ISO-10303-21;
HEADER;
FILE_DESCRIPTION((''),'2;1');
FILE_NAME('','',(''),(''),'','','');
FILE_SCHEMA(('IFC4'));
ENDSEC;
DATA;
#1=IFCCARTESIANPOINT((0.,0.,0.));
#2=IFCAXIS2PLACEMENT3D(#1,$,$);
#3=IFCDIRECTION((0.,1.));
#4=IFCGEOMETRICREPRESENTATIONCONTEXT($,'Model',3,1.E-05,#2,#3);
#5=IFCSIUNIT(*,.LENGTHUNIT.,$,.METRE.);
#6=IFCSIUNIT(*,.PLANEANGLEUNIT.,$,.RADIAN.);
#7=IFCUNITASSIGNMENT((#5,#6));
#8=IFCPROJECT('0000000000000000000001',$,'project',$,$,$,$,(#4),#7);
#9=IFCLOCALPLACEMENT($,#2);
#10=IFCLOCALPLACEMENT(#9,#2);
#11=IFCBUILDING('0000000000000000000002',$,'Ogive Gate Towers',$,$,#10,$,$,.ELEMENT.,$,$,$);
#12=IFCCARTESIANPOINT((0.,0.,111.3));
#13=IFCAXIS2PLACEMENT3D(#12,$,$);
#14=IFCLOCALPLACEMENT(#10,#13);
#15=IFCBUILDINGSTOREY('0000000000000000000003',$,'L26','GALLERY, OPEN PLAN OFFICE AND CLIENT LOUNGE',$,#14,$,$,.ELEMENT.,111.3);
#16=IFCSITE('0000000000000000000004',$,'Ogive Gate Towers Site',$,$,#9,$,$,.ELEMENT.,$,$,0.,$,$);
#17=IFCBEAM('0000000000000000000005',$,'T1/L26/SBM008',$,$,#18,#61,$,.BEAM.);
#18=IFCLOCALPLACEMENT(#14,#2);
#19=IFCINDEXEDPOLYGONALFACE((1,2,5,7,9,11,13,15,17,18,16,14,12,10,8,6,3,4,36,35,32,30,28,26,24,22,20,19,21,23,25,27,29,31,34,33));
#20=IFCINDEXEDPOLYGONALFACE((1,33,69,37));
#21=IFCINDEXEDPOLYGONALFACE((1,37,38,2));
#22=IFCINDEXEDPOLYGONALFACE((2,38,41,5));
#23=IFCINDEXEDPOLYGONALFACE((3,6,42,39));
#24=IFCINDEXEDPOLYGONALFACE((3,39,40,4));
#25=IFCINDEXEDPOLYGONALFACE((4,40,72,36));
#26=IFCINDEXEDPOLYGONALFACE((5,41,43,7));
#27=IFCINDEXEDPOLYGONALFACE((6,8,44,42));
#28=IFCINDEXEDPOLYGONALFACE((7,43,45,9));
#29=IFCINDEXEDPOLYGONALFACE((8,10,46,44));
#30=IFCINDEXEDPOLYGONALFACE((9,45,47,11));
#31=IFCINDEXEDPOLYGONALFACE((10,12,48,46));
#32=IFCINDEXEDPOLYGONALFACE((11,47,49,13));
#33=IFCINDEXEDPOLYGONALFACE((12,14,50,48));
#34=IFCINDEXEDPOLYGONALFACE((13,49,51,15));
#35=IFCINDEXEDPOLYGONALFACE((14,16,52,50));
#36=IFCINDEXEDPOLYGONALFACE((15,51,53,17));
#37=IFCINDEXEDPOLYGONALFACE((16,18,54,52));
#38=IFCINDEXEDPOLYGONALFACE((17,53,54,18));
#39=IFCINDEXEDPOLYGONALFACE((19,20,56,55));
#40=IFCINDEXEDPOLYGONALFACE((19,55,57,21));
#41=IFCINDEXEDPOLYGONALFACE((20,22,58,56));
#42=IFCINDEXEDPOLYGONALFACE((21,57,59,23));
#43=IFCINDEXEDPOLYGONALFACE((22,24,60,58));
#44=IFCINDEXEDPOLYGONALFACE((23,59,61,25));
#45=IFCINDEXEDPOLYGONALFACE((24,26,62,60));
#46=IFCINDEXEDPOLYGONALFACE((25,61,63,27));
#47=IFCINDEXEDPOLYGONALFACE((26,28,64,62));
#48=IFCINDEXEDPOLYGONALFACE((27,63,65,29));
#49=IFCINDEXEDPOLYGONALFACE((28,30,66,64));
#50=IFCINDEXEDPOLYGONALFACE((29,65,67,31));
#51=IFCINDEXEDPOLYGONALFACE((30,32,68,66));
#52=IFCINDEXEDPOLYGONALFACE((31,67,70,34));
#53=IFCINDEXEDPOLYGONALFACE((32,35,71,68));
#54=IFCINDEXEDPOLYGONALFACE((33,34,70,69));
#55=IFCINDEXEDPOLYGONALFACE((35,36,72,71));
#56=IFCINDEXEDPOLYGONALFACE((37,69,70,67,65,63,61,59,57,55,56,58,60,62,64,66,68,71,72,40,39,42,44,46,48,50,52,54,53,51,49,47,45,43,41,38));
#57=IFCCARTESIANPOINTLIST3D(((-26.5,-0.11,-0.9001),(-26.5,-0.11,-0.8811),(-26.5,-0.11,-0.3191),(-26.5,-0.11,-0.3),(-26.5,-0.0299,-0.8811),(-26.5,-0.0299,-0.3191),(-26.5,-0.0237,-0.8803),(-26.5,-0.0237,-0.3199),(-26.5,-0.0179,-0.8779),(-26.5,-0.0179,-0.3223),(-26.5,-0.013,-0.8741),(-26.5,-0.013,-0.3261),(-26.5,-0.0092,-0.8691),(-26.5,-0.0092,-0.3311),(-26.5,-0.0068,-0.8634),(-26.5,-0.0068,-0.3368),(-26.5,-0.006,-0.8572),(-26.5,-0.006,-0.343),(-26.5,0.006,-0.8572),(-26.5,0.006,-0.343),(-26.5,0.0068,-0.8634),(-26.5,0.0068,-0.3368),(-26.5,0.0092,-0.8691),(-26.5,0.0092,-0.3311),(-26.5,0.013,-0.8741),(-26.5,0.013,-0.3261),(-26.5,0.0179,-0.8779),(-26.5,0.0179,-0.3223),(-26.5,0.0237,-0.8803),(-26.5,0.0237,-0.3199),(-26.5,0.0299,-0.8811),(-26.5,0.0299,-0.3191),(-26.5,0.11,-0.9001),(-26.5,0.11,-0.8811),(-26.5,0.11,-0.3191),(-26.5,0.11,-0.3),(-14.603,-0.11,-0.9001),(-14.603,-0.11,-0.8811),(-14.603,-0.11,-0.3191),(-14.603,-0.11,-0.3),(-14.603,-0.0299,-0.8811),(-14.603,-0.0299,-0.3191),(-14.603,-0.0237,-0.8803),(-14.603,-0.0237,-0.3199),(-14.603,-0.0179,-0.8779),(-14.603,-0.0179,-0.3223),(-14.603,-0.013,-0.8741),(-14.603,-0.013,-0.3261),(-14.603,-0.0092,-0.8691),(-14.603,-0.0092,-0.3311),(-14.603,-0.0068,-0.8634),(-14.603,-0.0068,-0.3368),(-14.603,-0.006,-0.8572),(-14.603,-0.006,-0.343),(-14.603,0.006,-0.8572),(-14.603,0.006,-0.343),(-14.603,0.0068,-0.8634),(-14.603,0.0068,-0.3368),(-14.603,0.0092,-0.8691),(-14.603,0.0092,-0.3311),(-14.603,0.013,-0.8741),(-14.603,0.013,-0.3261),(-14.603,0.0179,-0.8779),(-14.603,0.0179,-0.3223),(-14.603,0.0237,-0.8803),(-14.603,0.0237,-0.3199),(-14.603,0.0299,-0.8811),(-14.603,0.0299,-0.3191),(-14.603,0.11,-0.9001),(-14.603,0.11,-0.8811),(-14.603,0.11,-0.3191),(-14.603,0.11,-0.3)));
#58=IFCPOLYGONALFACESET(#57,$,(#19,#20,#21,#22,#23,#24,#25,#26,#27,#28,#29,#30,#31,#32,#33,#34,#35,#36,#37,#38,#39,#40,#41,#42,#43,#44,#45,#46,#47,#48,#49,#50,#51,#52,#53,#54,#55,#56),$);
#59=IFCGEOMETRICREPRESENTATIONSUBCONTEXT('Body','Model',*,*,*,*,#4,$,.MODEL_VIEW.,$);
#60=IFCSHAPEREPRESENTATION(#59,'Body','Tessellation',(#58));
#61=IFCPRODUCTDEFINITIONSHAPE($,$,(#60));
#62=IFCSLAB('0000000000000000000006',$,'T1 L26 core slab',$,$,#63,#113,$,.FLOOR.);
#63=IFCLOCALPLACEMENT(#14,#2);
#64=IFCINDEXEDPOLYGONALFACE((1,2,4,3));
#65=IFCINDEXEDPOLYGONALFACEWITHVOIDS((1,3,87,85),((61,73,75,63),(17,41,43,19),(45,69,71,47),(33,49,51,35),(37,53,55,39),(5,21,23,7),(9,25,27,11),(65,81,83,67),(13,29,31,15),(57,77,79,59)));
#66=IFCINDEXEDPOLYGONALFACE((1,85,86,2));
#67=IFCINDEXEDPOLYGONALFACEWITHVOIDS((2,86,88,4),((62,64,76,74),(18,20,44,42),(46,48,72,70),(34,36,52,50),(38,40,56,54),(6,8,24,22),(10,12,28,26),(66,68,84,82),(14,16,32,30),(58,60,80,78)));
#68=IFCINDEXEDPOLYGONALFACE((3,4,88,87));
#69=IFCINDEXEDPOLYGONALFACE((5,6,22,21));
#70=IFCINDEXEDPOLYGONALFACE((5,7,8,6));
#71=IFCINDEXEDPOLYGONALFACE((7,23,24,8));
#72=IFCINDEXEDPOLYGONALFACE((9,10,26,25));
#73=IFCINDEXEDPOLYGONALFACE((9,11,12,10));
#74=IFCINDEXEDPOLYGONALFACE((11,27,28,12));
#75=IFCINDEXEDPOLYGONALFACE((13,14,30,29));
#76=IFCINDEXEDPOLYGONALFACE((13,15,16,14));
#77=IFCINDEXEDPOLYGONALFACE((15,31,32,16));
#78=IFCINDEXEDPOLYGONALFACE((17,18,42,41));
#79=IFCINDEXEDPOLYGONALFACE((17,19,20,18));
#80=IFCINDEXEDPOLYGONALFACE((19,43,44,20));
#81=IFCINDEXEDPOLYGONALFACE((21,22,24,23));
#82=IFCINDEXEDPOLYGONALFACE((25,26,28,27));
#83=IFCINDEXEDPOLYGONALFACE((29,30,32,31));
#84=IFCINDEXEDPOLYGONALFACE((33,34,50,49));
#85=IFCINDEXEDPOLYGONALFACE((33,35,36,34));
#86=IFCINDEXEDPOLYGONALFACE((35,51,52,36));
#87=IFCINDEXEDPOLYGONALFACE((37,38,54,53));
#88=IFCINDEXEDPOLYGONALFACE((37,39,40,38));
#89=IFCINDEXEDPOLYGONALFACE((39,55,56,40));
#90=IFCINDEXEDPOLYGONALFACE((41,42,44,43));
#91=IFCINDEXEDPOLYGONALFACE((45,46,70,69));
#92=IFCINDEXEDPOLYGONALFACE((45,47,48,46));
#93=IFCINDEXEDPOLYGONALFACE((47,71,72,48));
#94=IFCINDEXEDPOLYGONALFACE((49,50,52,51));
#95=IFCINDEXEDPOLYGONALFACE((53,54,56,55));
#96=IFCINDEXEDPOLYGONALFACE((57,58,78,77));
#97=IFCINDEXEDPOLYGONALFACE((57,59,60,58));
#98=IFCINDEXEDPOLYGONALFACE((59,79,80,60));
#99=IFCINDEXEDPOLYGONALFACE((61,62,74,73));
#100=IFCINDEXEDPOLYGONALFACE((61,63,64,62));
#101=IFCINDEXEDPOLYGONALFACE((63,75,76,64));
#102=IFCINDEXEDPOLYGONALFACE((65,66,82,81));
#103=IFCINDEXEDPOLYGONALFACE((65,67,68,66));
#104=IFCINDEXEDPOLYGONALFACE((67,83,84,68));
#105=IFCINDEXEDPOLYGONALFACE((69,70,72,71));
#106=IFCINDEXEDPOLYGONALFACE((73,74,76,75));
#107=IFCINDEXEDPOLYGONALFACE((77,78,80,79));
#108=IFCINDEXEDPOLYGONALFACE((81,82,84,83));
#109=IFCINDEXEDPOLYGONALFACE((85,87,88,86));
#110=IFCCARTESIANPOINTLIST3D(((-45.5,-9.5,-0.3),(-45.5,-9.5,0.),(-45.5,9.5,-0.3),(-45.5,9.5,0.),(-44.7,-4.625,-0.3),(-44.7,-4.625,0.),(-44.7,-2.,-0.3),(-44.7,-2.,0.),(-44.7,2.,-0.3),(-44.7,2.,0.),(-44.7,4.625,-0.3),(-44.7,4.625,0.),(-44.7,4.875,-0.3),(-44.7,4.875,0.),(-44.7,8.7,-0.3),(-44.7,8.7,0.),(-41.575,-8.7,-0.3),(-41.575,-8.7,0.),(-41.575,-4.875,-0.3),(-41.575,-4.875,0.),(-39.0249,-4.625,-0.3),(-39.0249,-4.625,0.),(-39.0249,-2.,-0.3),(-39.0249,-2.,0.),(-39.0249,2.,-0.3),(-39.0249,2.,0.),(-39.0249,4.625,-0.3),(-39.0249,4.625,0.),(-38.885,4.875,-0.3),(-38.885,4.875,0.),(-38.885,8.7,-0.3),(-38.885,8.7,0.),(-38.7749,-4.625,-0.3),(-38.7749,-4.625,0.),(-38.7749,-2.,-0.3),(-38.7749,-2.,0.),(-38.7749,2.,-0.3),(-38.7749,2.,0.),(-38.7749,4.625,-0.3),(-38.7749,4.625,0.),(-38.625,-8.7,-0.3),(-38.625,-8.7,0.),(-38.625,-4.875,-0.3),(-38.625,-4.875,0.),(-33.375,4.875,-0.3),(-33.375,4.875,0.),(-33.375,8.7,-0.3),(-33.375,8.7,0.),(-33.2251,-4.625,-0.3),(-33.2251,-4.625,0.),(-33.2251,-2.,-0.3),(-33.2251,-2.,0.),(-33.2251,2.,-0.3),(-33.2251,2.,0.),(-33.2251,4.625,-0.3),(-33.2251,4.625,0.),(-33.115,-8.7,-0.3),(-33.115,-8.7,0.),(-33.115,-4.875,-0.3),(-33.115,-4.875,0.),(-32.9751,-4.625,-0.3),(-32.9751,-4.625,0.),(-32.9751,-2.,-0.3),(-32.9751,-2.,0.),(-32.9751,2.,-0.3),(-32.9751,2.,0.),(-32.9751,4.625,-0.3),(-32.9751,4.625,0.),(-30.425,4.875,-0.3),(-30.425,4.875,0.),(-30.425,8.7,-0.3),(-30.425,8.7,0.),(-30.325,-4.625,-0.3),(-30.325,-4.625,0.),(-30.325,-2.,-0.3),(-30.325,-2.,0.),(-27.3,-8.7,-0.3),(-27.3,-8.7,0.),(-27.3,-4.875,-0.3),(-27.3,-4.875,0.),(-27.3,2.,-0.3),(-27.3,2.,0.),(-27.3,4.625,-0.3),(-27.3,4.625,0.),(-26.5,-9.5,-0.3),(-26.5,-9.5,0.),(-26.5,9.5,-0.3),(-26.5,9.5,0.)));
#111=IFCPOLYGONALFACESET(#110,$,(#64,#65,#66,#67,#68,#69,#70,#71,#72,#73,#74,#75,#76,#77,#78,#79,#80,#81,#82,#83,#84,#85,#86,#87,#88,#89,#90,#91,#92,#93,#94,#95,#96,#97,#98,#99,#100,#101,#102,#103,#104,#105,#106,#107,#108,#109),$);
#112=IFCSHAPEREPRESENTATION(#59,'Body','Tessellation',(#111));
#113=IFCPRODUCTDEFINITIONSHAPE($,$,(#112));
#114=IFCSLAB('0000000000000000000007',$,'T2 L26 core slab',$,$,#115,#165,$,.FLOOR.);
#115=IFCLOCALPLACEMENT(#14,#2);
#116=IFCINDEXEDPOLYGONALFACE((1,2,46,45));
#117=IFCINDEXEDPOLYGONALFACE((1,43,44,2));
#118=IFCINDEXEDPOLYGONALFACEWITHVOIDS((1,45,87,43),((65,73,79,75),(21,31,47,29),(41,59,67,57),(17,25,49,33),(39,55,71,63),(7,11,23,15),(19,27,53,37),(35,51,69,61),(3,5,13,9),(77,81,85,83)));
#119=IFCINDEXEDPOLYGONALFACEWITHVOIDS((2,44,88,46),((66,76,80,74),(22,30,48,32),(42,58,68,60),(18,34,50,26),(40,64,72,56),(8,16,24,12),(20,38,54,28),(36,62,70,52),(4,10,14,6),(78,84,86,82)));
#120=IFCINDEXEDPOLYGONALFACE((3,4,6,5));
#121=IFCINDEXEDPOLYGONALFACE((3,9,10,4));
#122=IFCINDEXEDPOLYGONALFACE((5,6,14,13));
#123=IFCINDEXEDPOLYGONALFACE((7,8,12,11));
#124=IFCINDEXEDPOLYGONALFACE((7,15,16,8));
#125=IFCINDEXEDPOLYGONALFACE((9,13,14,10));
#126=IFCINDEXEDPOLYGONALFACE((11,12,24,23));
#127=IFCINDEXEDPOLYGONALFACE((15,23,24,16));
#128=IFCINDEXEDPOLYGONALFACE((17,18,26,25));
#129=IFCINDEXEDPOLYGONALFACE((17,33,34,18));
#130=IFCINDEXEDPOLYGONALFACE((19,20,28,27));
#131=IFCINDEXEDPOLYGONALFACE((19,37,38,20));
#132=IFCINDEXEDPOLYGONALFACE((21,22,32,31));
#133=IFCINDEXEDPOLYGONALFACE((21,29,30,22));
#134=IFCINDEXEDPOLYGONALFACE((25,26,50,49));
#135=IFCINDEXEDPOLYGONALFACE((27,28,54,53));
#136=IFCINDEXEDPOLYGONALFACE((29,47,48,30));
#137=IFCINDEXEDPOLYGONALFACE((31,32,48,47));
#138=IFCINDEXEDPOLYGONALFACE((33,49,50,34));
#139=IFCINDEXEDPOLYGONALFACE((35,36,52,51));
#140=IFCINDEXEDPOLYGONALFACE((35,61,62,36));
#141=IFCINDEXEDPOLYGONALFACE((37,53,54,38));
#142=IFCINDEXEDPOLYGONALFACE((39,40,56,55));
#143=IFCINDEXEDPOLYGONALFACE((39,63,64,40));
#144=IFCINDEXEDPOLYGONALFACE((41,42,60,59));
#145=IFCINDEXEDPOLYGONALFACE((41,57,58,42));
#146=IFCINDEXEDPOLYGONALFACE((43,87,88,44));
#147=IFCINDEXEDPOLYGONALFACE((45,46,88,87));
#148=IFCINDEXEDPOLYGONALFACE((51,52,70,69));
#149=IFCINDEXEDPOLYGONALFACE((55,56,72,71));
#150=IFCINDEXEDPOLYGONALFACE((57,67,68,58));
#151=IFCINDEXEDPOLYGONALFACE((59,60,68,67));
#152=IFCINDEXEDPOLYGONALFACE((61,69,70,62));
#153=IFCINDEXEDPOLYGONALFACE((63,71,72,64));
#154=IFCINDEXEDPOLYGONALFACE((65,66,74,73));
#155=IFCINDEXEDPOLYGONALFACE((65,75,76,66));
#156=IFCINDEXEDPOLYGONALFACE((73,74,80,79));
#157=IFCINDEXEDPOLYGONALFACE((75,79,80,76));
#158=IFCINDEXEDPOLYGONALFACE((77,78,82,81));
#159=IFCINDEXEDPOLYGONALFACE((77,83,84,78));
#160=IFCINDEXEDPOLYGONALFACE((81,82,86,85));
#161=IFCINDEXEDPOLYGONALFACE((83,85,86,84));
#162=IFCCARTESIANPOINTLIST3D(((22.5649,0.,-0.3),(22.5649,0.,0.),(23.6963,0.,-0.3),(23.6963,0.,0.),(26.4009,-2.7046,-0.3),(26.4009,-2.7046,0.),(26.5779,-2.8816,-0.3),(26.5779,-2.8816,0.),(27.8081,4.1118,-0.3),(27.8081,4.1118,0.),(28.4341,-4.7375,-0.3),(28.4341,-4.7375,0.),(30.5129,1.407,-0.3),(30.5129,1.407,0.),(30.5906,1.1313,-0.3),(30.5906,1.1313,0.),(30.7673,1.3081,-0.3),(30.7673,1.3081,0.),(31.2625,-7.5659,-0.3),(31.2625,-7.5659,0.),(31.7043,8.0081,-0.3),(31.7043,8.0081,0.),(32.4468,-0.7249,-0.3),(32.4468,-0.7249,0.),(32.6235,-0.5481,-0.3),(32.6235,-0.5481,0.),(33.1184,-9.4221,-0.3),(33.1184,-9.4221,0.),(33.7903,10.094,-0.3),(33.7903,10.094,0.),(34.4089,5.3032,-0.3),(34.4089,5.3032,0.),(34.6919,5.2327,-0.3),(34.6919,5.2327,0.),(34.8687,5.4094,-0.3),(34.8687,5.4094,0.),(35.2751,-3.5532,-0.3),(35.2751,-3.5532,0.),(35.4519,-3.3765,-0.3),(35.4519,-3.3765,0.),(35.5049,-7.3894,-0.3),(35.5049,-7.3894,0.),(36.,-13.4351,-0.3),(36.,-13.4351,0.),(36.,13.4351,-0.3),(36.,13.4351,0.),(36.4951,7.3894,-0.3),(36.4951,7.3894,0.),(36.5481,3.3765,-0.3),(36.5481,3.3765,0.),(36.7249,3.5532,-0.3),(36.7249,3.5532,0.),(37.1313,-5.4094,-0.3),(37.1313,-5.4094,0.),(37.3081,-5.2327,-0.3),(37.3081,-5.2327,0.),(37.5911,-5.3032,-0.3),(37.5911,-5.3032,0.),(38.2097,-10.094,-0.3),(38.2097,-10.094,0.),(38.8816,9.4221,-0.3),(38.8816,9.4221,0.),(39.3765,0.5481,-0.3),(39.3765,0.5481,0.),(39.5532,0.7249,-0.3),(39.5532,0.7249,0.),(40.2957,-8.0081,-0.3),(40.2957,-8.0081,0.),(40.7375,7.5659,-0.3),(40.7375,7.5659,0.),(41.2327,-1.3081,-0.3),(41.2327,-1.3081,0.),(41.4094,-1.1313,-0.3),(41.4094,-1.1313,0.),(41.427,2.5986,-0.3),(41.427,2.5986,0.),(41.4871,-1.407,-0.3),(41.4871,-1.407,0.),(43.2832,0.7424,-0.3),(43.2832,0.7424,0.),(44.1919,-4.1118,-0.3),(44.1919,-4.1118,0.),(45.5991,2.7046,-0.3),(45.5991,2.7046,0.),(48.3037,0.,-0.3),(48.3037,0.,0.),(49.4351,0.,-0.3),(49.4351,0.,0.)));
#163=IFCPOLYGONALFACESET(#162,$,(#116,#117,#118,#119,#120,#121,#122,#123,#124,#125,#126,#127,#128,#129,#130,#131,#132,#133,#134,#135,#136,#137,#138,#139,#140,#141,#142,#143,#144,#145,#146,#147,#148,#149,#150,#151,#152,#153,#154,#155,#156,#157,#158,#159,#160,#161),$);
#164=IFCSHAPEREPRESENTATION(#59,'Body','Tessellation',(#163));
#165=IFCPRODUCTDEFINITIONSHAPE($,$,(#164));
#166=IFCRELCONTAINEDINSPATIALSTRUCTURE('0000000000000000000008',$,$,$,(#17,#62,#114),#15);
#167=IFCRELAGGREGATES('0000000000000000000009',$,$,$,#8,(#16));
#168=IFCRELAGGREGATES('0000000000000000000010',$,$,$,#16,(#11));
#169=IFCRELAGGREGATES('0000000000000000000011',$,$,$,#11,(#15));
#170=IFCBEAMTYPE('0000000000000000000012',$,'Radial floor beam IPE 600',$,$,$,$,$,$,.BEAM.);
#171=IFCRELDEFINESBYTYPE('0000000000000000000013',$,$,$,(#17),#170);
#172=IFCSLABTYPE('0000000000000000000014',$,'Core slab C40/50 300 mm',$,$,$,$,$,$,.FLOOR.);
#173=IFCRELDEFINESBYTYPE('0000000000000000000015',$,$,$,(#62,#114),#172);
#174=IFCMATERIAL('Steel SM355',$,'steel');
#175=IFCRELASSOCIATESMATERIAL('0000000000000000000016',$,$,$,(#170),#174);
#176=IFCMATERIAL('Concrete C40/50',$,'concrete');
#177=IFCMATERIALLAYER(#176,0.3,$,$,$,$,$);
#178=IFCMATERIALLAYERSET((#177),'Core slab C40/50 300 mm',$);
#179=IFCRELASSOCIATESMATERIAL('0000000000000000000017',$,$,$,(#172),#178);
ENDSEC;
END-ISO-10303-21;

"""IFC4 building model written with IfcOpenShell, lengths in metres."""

from ifc_helpers import new_model, si_unit, direction, frame, origin, origin_2d, place, context, subcontext, project, spatial, polyline, i_section, outline, extrude, material, layer, layer_set, material_profile, profile_set, type_object, element, save


model = new_model("IFC4")

# Units and contexts
model_context = context("Model", 3, precision=1e-05, world=origin(), true_north=direction((0.0, 1.0)))
body_context = subcontext(model_context, "Body", "Model", "MODEL_VIEW")
ifc_project = project(units=[si_unit("LENGTHUNIT", "METRE"), si_unit("PLANEANGLEUNIT", "RADIAN")], contexts=[model_context])

# Site, building, storey
site_placement = place(None, origin())
site = spatial("IfcSite", under=ifc_project, at=site_placement, Name="Ogive Gate Towers Site", CompositionType="ELEMENT", RefElevation=0.0)
building_placement = place(site_placement, origin())
building = spatial("IfcBuilding", under=site, at=building_placement, Name="Ogive Gate Towers", CompositionType="ELEMENT")
storey_placement = place(building_placement, frame((0.0, 0.0, 111.3)))
storey = spatial("IfcBuildingStorey", under=building, at=storey_placement, Name="L26", Description="GALLERY, OPEN PLAN OFFICE AND CLIENT LOUNGE", CompositionType="ELEMENT", Elevation=111.3)

# Beam
ifc_material_1 = material(Name="Steel SM355", Category="steel")
ifc_material_profile_1 = material_profile(ifc_material_1, i_section(OverallWidth=0.22, OverallDepth=0.6001, WebThickness=0.012, FlangeThickness=0.019, FilletRadius=0.0239, at=origin_2d()), Name="IPE 600")
ifc_profile_set_1 = profile_set([ifc_material_profile_1], Name="Steel SM355")
beam_type_1 = type_object("IfcBeamType", Name="Radial floor beam IPE 600", PredefinedType="BEAM", material=ifc_profile_set_1)
beam_1_placement = place(storey_placement, frame((-26.5, 0.0, -0.6001), z_axis=(1.0, 0.0, 0.0), x_axis=(0.0, 1.0, 0.0)))
element("IfcBeam", 1, at=beam_1_placement, inside=storey, type_object=beam_type_1, Name="T1/L26/SBM008", PredefinedType="BEAM", context=body_context, shape_type="SweptSolid", body=[
    extrude(i_section(OverallWidth=0.22, OverallDepth=0.6001, WebThickness=0.012, FlangeThickness=0.019, FilletRadius=0.0239, at=origin_2d()), origin(), (0.0, 0.0, 1.0), 11.897),
])

# Slabs
ifc_material_2 = material(Name="Concrete C40/50", Category="concrete")
ifc_layer_1 = layer(ifc_material_2, 0.3)
ifc_layer_set_1 = layer_set([ifc_layer_1], Name="Core slab C40/50 300 mm")
slab_type_1 = type_object("IfcSlabType", Name="Core slab C40/50 300 mm", PredefinedType="FLOOR", material=ifc_layer_set_1)
slab_1_placement = place(storey_placement, frame((0.0, 0.0, -0.3)))
element("IfcSlab", 2, at=slab_1_placement, inside=storey, type_object=slab_type_1, Name="T1 L26 core slab", PredefinedType="FLOOR", context=body_context, shape_type="SweptSolid", body=[
    extrude(outline(polyline([(-26.5, 9.5), (-26.5, -9.5), (-45.5, -9.5), (-45.5, 9.5), (-26.5, 9.5)]), holes=[polyline([(-39.0249, 4.625), (-44.7, 4.625), (-44.7, 2.0), (-39.0249, 2.0), (-39.0249, 4.625)]), polyline([(-33.2251, 2.0), (-33.2251, 4.625), (-38.7749, 4.625), (-38.7749, 2.0), (-33.2251, 2.0)]), polyline([(-32.9751, 2.0), (-27.3, 2.0), (-27.3, 4.625), (-32.9751, 4.625), (-32.9751, 2.0)]), polyline([(-44.7, -2.0), (-44.7, -4.625), (-39.0249, -4.625), (-39.0249, -2.0), (-44.7, -2.0)]), polyline([(-33.2251, -2.0), (-38.7749, -2.0), (-38.7749, -4.625), (-33.2251, -4.625), (-33.2251, -2.0)]), polyline([(-30.325, -4.625), (-30.325, -2.0), (-32.9751, -2.0), (-32.9751, -4.625), (-30.325, -4.625)]), polyline([(-33.375, 4.875), (-30.425, 4.875), (-30.425, 8.7), (-33.375, 8.7), (-33.375, 4.875)]), polyline([(-41.575, -4.875), (-41.575, -8.7), (-38.625, -8.7), (-38.625, -4.875), (-41.575, -4.875)]), polyline([(-44.7, 4.875), (-38.885, 4.875), (-38.885, 8.7), (-44.7, 8.7), (-44.7, 4.875)]), polyline([(-27.3, -8.7), (-27.3, -4.875), (-33.115, -4.875), (-33.115, -8.7), (-27.3, -8.7)])]), origin(), (0.0, 0.0, 1.0), 0.3),
])
slab_2_placement = place(storey_placement, frame((0.0, 0.0, -0.3)))
element("IfcSlab", 3, at=slab_2_placement, inside=storey, type_object=slab_type_1, Name="T2 L26 core slab", PredefinedType="FLOOR", context=body_context, shape_type="SweptSolid", body=[
    extrude(outline(polyline([(36.0, 13.4351), (49.4351, 0.0), (36.0, -13.4351), (22.5649, 0.0), (36.0, 13.4351)]), holes=[polyline([(30.5906, 1.1313), (26.5779, -2.8816), (28.4341, -4.7375), (32.4468, -0.7249), (30.5906, 1.1313)]), polyline([(36.5481, 3.3765), (34.6919, 5.2327), (30.7673, 1.3081), (32.6235, -0.5481), (36.5481, 3.3765)]), polyline([(36.7249, 3.5532), (40.7375, 7.5659), (38.8816, 9.4221), (34.8687, 5.4094), (36.7249, 3.5532)]), polyline([(31.2625, -7.5659), (33.1184, -9.4221), (37.1313, -5.4094), (35.2751, -3.5532), (31.2625, -7.5659)]), polyline([(39.3765, 0.5481), (35.4519, -3.3765), (37.3081, -5.2327), (41.2327, -1.3081), (39.3765, 0.5481)]), polyline([(43.2832, 0.7424), (41.427, 2.5986), (39.5532, 0.7249), (41.4094, -1.1313), (43.2832, 0.7424)]), polyline([(34.4089, 5.3032), (36.4951, 7.3894), (33.7903, 10.094), (31.7043, 8.0081), (34.4089, 5.3032)]), polyline([(35.5049, -7.3894), (38.2097, -10.094), (40.2957, -8.0081), (37.5911, -5.3032), (35.5049, -7.3894)]), polyline([(26.4009, -2.7046), (30.5129, 1.407), (27.8081, 4.1118), (23.6963, 0.0), (26.4009, -2.7046)]), polyline([(48.3037, 0.0), (45.5991, 2.7046), (41.4871, -1.407), (44.1919, -4.1118), (48.3037, 0.0)])]), origin(), (0.0, 0.0, 1.0), 0.3),
])

save(model, "model.ifc")
